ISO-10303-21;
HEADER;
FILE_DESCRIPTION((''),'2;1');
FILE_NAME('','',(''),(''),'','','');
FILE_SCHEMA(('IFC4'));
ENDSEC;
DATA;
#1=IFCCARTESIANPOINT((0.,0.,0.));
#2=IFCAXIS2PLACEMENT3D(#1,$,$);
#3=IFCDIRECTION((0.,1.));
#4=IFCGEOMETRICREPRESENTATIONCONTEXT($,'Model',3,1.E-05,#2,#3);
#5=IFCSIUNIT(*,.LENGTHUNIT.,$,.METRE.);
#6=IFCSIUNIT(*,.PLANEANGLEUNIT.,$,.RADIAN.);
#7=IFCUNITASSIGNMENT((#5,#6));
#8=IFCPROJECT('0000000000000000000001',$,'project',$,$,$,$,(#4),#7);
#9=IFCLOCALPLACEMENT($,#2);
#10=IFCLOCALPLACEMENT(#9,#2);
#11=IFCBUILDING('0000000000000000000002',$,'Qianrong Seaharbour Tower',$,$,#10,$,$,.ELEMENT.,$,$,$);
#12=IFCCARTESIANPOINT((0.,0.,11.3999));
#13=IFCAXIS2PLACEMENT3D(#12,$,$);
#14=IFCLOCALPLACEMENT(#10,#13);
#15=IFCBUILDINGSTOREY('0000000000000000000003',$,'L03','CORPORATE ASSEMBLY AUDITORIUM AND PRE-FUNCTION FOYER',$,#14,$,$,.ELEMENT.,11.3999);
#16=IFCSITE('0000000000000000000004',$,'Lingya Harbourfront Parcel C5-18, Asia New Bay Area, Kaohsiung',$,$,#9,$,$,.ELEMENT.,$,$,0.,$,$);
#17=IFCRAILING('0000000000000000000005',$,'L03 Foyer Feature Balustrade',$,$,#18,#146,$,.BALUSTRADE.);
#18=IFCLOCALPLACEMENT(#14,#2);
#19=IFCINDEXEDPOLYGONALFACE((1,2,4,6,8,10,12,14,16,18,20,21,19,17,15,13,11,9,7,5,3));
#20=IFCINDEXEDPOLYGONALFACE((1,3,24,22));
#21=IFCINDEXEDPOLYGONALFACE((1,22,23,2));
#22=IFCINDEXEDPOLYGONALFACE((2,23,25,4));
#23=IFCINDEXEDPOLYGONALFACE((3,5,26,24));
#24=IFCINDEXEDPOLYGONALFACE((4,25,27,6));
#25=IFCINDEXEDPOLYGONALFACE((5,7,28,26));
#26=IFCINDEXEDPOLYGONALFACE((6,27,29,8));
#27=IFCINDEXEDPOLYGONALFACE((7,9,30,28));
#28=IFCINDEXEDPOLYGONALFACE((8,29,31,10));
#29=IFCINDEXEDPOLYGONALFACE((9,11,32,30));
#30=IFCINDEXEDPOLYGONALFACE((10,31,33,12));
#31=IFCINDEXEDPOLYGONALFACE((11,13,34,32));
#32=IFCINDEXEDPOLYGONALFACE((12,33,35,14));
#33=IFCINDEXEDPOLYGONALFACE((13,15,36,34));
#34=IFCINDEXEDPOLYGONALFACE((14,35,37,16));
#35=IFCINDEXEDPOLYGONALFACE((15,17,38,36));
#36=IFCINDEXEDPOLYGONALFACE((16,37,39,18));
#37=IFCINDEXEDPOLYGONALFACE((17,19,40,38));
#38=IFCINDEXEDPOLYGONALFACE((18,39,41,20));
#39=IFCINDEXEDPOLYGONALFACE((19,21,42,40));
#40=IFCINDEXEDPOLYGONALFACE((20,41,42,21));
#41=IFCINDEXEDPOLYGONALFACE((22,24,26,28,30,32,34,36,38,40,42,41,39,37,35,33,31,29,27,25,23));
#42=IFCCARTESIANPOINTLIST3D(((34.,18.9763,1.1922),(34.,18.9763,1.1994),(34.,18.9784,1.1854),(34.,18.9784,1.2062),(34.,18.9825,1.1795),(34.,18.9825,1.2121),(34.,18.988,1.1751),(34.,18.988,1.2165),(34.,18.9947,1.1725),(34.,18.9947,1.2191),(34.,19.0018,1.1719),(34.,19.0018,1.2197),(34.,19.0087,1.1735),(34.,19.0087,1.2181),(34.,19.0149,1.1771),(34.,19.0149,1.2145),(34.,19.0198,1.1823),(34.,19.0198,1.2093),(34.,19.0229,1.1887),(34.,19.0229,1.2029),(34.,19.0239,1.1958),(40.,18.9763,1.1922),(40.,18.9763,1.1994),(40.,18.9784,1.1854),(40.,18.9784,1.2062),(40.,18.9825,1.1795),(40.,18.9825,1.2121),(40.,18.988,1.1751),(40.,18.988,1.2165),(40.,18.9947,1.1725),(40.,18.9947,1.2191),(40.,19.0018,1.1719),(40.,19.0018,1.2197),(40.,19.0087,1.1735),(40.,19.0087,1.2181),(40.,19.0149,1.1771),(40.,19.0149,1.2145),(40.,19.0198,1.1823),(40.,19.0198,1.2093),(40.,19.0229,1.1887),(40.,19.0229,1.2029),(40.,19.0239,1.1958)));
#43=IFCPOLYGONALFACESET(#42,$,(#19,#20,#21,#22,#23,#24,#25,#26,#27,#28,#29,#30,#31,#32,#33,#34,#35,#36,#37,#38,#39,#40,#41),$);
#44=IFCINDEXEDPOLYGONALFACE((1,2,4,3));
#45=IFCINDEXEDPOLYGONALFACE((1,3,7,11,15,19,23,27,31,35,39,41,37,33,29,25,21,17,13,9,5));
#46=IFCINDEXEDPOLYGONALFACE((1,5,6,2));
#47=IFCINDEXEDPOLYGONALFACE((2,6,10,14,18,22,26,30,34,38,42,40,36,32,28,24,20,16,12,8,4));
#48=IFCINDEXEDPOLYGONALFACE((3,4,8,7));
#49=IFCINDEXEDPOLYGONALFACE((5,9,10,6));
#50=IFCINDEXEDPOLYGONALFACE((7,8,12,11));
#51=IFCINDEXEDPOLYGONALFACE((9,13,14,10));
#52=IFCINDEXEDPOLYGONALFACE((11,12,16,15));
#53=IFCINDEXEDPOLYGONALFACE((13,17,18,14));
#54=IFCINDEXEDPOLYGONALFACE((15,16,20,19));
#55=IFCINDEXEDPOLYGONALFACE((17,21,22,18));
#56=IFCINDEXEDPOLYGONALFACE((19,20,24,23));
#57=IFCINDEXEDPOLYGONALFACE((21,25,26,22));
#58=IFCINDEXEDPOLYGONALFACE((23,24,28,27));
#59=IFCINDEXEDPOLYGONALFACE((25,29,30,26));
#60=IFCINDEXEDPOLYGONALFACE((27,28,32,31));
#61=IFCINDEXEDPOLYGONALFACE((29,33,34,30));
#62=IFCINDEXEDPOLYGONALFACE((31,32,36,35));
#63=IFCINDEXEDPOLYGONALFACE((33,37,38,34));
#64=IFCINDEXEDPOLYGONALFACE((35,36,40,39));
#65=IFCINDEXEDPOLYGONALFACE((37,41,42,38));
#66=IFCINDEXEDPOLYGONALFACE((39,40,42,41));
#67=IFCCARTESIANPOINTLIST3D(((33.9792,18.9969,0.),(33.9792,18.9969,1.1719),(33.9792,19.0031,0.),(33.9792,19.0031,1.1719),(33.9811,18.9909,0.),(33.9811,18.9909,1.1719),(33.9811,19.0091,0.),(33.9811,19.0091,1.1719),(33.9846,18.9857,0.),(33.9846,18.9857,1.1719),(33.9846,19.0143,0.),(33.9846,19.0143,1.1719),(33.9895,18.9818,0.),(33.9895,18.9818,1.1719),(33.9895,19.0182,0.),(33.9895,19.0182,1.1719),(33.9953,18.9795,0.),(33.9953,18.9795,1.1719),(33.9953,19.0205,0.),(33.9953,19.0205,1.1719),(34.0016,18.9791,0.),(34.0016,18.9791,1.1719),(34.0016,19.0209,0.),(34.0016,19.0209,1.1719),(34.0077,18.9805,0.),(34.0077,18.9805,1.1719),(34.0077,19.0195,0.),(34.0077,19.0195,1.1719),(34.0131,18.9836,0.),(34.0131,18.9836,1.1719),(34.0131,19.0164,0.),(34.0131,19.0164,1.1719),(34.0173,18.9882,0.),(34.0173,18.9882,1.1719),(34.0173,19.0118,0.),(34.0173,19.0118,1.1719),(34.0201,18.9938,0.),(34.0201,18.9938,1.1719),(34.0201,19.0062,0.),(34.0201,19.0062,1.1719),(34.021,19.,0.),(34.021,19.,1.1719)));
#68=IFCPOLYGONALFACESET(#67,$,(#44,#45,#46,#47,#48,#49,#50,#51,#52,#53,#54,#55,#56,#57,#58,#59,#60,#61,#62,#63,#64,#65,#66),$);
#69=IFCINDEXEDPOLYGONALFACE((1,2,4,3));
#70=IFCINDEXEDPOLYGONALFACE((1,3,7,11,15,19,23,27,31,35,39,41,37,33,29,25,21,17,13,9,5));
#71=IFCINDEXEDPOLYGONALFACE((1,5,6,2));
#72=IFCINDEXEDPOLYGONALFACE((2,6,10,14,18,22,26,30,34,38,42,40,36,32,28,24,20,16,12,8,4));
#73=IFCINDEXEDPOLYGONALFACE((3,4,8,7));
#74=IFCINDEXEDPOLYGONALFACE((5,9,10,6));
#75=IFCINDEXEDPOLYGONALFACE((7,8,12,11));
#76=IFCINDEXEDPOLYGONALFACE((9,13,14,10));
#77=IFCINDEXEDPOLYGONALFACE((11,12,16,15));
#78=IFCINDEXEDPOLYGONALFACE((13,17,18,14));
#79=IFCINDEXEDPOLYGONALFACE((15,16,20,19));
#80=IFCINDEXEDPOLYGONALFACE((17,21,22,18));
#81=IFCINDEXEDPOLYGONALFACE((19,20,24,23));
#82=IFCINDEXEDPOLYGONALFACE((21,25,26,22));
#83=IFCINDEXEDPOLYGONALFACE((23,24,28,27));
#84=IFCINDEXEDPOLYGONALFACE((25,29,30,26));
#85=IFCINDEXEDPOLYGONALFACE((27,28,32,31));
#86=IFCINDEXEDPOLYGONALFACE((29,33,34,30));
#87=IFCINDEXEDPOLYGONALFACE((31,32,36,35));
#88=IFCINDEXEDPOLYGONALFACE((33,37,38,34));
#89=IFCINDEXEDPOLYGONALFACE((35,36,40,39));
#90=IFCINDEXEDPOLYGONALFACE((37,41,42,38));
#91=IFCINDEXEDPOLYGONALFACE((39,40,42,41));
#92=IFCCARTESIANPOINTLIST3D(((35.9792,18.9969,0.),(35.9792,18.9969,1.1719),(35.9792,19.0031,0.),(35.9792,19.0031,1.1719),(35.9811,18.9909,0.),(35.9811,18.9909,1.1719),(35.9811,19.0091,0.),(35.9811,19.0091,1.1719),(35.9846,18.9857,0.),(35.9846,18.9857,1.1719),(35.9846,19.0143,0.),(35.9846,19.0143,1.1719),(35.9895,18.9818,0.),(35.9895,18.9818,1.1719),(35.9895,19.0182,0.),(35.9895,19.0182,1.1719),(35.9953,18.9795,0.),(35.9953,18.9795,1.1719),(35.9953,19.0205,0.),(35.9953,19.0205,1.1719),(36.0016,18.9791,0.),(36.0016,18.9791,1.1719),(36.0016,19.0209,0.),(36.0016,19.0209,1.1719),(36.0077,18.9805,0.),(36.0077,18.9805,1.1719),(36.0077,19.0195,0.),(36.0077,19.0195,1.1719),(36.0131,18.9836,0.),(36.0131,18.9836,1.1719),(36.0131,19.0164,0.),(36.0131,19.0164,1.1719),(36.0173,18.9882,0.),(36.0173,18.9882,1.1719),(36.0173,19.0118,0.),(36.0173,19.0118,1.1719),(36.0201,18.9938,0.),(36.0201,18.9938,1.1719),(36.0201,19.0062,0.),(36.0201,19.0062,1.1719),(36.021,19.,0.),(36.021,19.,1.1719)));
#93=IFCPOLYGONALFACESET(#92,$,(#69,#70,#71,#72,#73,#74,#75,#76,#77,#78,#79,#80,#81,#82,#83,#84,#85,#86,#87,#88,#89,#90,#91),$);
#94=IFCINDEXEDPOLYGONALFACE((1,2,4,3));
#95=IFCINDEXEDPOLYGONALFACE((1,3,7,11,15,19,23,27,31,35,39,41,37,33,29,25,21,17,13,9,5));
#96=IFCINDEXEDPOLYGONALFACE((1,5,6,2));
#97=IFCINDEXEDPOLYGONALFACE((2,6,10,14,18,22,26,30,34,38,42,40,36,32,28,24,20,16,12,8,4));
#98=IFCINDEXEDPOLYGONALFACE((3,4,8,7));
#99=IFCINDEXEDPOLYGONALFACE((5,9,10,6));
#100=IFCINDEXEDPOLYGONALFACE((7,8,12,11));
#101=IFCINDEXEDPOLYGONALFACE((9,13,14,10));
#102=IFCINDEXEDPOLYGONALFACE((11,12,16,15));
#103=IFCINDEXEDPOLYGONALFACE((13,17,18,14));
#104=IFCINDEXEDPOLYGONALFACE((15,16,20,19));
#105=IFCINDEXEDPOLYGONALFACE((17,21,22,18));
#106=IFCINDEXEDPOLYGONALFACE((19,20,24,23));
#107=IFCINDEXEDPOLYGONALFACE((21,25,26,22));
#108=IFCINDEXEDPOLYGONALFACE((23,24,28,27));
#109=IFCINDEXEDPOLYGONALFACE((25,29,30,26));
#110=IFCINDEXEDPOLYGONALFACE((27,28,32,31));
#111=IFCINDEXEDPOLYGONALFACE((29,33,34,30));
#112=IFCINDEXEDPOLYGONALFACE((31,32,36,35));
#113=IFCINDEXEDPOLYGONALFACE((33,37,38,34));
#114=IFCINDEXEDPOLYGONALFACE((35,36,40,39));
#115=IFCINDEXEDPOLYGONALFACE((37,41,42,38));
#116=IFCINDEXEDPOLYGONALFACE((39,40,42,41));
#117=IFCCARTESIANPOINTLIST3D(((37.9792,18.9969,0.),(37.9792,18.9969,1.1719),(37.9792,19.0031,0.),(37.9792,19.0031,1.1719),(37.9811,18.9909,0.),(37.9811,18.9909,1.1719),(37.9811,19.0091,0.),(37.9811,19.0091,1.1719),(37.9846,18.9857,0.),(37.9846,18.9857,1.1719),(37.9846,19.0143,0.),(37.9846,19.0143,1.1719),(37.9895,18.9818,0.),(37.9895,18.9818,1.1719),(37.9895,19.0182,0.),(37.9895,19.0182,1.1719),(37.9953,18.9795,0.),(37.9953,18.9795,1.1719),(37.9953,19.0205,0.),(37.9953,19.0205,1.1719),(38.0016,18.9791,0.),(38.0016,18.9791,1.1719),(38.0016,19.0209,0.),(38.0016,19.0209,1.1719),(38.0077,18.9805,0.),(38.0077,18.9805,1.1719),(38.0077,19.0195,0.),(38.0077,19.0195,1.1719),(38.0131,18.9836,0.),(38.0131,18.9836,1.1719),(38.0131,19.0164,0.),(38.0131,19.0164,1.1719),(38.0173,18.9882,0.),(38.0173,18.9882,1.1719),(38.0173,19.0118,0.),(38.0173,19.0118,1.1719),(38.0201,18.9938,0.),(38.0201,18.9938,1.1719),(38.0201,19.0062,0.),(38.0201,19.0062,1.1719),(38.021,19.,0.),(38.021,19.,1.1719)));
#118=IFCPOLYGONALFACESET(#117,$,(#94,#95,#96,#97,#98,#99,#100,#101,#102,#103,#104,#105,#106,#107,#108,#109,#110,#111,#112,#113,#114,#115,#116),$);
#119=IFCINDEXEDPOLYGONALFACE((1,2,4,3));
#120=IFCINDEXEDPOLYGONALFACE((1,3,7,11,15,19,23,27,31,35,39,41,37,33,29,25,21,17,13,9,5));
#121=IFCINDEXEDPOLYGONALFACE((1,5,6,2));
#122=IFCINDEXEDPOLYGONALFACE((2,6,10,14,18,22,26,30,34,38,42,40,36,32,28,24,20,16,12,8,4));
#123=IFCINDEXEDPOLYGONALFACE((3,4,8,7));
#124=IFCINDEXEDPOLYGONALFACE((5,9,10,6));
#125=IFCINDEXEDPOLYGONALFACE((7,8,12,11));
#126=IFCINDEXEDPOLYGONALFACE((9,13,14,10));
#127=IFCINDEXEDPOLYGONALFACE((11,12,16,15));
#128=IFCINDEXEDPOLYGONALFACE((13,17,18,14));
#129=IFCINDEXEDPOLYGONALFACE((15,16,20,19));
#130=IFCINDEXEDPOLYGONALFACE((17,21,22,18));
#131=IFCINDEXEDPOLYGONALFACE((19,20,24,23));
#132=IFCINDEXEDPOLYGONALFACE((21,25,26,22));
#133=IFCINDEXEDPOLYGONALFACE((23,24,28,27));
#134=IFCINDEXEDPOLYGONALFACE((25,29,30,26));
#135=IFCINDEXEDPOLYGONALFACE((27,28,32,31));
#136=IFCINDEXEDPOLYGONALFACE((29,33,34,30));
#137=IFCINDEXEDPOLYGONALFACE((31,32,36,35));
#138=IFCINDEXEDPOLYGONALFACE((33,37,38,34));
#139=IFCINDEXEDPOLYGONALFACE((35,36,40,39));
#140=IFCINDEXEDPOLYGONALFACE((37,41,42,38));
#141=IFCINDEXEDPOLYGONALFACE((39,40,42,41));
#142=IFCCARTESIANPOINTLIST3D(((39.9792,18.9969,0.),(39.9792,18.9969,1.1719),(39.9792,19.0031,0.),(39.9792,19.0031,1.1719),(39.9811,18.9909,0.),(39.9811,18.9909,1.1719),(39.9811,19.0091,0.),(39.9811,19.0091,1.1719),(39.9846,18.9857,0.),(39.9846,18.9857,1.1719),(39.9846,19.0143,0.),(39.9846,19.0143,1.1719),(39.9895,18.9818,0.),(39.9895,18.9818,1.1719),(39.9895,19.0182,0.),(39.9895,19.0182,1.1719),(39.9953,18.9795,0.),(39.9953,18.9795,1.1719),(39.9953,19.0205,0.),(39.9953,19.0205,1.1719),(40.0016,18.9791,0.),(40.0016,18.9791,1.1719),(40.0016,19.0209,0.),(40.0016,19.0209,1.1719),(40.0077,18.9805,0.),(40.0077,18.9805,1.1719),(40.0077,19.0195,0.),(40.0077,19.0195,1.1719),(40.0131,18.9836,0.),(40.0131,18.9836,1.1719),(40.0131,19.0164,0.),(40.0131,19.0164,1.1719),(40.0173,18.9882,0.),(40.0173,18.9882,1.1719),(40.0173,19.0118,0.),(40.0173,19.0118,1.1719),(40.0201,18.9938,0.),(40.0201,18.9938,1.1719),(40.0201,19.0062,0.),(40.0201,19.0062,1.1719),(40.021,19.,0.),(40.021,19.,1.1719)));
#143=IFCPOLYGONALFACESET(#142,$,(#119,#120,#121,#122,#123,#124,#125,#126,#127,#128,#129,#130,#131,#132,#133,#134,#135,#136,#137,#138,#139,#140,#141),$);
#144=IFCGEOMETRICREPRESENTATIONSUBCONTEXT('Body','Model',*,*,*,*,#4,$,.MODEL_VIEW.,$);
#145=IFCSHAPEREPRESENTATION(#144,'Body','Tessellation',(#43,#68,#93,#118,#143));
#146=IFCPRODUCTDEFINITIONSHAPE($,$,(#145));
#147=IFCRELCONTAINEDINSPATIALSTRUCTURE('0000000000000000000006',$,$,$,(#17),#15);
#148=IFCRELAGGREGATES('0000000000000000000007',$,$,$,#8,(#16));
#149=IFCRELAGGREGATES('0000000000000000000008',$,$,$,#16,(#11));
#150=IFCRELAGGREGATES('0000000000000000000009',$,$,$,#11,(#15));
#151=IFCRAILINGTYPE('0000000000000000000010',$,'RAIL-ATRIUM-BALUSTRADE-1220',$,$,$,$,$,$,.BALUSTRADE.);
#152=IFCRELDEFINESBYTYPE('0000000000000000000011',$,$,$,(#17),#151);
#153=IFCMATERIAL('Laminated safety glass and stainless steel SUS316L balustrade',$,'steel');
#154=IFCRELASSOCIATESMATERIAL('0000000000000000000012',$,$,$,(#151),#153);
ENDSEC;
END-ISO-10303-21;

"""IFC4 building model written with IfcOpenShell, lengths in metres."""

from ifc_helpers import new_model, si_unit, direction, frame, origin, origin_2d, place, context, subcontext, project, spatial, circle, extrude, material, type_object, element, save


model = new_model("IFC4")

# Units and contexts
model_context = context("Model", 3, precision=1e-05, world=origin(), true_north=direction((0.0, 1.0)))
body_context = subcontext(model_context, "Body", "Model", "MODEL_VIEW")
ifc_project = project(units=[si_unit("LENGTHUNIT", "METRE"), si_unit("PLANEANGLEUNIT", "RADIAN")], contexts=[model_context])

# Site, building, storey
site_placement = place(None, origin())
site = spatial("IfcSite", under=ifc_project, at=site_placement, Name="Lingya Harbourfront Parcel C5-18, Asia New Bay Area, Kaohsiung", CompositionType="ELEMENT", RefElevation=0.0)
building_placement = place(site_placement, origin())
building = spatial("IfcBuilding", under=site, at=building_placement, Name="Qianrong Seaharbour Tower", CompositionType="ELEMENT")
storey_placement = place(building_placement, frame((0.0, 0.0, 11.3999)))
storey = spatial("IfcBuildingStorey", under=building, at=storey_placement, Name="L03", Description="CORPORATE ASSEMBLY AUDITORIUM AND PRE-FUNCTION FOYER", CompositionType="ELEMENT", Elevation=11.3999)

# Railing
ifc_material_1 = material(Name="Laminated safety glass and stainless steel SUS316L balustrade", Category="steel")
railing_type = type_object("IfcRailingType", Name="RAIL-ATRIUM-BALUSTRADE-1220", PredefinedType="BALUSTRADE", material=ifc_material_1)
railing_placement = place(storey_placement, frame((34.0, 19.0, 0.0)))
element("IfcRailing", 1, at=railing_placement, inside=storey, type_object=railing_type, Name="L03 Foyer Feature Balustrade", PredefinedType="BALUSTRADE", context=body_context, shape_type="SweptSolid", body=[
    extrude(circle(Radius=0.0239, at=origin_2d()), frame((0.0, 0.0, 1.1958), z_axis=(1.0, 0.0, 0.0), x_axis=(0.0, 1.0, 0.0)), (0.0, 0.0, 1.0), 6.0),
    extrude(circle(Radius=0.021, at=origin_2d()), origin(), (0.0, 0.0, 1.0), 1.1719),
    extrude(circle(Radius=0.021, at=origin_2d()), frame((2.0, 0.0, 0.0)), (0.0, 0.0, 1.0), 1.1719),
    extrude(circle(Radius=0.021, at=origin_2d()), frame((4.0, 0.0, 0.0)), (0.0, 0.0, 1.0), 1.1719),
    extrude(circle(Radius=0.021, at=origin_2d()), frame((6.0, 0.0, 0.0)), (0.0, 0.0, 1.0), 1.1719),
])

save(model, "model.ifc")
